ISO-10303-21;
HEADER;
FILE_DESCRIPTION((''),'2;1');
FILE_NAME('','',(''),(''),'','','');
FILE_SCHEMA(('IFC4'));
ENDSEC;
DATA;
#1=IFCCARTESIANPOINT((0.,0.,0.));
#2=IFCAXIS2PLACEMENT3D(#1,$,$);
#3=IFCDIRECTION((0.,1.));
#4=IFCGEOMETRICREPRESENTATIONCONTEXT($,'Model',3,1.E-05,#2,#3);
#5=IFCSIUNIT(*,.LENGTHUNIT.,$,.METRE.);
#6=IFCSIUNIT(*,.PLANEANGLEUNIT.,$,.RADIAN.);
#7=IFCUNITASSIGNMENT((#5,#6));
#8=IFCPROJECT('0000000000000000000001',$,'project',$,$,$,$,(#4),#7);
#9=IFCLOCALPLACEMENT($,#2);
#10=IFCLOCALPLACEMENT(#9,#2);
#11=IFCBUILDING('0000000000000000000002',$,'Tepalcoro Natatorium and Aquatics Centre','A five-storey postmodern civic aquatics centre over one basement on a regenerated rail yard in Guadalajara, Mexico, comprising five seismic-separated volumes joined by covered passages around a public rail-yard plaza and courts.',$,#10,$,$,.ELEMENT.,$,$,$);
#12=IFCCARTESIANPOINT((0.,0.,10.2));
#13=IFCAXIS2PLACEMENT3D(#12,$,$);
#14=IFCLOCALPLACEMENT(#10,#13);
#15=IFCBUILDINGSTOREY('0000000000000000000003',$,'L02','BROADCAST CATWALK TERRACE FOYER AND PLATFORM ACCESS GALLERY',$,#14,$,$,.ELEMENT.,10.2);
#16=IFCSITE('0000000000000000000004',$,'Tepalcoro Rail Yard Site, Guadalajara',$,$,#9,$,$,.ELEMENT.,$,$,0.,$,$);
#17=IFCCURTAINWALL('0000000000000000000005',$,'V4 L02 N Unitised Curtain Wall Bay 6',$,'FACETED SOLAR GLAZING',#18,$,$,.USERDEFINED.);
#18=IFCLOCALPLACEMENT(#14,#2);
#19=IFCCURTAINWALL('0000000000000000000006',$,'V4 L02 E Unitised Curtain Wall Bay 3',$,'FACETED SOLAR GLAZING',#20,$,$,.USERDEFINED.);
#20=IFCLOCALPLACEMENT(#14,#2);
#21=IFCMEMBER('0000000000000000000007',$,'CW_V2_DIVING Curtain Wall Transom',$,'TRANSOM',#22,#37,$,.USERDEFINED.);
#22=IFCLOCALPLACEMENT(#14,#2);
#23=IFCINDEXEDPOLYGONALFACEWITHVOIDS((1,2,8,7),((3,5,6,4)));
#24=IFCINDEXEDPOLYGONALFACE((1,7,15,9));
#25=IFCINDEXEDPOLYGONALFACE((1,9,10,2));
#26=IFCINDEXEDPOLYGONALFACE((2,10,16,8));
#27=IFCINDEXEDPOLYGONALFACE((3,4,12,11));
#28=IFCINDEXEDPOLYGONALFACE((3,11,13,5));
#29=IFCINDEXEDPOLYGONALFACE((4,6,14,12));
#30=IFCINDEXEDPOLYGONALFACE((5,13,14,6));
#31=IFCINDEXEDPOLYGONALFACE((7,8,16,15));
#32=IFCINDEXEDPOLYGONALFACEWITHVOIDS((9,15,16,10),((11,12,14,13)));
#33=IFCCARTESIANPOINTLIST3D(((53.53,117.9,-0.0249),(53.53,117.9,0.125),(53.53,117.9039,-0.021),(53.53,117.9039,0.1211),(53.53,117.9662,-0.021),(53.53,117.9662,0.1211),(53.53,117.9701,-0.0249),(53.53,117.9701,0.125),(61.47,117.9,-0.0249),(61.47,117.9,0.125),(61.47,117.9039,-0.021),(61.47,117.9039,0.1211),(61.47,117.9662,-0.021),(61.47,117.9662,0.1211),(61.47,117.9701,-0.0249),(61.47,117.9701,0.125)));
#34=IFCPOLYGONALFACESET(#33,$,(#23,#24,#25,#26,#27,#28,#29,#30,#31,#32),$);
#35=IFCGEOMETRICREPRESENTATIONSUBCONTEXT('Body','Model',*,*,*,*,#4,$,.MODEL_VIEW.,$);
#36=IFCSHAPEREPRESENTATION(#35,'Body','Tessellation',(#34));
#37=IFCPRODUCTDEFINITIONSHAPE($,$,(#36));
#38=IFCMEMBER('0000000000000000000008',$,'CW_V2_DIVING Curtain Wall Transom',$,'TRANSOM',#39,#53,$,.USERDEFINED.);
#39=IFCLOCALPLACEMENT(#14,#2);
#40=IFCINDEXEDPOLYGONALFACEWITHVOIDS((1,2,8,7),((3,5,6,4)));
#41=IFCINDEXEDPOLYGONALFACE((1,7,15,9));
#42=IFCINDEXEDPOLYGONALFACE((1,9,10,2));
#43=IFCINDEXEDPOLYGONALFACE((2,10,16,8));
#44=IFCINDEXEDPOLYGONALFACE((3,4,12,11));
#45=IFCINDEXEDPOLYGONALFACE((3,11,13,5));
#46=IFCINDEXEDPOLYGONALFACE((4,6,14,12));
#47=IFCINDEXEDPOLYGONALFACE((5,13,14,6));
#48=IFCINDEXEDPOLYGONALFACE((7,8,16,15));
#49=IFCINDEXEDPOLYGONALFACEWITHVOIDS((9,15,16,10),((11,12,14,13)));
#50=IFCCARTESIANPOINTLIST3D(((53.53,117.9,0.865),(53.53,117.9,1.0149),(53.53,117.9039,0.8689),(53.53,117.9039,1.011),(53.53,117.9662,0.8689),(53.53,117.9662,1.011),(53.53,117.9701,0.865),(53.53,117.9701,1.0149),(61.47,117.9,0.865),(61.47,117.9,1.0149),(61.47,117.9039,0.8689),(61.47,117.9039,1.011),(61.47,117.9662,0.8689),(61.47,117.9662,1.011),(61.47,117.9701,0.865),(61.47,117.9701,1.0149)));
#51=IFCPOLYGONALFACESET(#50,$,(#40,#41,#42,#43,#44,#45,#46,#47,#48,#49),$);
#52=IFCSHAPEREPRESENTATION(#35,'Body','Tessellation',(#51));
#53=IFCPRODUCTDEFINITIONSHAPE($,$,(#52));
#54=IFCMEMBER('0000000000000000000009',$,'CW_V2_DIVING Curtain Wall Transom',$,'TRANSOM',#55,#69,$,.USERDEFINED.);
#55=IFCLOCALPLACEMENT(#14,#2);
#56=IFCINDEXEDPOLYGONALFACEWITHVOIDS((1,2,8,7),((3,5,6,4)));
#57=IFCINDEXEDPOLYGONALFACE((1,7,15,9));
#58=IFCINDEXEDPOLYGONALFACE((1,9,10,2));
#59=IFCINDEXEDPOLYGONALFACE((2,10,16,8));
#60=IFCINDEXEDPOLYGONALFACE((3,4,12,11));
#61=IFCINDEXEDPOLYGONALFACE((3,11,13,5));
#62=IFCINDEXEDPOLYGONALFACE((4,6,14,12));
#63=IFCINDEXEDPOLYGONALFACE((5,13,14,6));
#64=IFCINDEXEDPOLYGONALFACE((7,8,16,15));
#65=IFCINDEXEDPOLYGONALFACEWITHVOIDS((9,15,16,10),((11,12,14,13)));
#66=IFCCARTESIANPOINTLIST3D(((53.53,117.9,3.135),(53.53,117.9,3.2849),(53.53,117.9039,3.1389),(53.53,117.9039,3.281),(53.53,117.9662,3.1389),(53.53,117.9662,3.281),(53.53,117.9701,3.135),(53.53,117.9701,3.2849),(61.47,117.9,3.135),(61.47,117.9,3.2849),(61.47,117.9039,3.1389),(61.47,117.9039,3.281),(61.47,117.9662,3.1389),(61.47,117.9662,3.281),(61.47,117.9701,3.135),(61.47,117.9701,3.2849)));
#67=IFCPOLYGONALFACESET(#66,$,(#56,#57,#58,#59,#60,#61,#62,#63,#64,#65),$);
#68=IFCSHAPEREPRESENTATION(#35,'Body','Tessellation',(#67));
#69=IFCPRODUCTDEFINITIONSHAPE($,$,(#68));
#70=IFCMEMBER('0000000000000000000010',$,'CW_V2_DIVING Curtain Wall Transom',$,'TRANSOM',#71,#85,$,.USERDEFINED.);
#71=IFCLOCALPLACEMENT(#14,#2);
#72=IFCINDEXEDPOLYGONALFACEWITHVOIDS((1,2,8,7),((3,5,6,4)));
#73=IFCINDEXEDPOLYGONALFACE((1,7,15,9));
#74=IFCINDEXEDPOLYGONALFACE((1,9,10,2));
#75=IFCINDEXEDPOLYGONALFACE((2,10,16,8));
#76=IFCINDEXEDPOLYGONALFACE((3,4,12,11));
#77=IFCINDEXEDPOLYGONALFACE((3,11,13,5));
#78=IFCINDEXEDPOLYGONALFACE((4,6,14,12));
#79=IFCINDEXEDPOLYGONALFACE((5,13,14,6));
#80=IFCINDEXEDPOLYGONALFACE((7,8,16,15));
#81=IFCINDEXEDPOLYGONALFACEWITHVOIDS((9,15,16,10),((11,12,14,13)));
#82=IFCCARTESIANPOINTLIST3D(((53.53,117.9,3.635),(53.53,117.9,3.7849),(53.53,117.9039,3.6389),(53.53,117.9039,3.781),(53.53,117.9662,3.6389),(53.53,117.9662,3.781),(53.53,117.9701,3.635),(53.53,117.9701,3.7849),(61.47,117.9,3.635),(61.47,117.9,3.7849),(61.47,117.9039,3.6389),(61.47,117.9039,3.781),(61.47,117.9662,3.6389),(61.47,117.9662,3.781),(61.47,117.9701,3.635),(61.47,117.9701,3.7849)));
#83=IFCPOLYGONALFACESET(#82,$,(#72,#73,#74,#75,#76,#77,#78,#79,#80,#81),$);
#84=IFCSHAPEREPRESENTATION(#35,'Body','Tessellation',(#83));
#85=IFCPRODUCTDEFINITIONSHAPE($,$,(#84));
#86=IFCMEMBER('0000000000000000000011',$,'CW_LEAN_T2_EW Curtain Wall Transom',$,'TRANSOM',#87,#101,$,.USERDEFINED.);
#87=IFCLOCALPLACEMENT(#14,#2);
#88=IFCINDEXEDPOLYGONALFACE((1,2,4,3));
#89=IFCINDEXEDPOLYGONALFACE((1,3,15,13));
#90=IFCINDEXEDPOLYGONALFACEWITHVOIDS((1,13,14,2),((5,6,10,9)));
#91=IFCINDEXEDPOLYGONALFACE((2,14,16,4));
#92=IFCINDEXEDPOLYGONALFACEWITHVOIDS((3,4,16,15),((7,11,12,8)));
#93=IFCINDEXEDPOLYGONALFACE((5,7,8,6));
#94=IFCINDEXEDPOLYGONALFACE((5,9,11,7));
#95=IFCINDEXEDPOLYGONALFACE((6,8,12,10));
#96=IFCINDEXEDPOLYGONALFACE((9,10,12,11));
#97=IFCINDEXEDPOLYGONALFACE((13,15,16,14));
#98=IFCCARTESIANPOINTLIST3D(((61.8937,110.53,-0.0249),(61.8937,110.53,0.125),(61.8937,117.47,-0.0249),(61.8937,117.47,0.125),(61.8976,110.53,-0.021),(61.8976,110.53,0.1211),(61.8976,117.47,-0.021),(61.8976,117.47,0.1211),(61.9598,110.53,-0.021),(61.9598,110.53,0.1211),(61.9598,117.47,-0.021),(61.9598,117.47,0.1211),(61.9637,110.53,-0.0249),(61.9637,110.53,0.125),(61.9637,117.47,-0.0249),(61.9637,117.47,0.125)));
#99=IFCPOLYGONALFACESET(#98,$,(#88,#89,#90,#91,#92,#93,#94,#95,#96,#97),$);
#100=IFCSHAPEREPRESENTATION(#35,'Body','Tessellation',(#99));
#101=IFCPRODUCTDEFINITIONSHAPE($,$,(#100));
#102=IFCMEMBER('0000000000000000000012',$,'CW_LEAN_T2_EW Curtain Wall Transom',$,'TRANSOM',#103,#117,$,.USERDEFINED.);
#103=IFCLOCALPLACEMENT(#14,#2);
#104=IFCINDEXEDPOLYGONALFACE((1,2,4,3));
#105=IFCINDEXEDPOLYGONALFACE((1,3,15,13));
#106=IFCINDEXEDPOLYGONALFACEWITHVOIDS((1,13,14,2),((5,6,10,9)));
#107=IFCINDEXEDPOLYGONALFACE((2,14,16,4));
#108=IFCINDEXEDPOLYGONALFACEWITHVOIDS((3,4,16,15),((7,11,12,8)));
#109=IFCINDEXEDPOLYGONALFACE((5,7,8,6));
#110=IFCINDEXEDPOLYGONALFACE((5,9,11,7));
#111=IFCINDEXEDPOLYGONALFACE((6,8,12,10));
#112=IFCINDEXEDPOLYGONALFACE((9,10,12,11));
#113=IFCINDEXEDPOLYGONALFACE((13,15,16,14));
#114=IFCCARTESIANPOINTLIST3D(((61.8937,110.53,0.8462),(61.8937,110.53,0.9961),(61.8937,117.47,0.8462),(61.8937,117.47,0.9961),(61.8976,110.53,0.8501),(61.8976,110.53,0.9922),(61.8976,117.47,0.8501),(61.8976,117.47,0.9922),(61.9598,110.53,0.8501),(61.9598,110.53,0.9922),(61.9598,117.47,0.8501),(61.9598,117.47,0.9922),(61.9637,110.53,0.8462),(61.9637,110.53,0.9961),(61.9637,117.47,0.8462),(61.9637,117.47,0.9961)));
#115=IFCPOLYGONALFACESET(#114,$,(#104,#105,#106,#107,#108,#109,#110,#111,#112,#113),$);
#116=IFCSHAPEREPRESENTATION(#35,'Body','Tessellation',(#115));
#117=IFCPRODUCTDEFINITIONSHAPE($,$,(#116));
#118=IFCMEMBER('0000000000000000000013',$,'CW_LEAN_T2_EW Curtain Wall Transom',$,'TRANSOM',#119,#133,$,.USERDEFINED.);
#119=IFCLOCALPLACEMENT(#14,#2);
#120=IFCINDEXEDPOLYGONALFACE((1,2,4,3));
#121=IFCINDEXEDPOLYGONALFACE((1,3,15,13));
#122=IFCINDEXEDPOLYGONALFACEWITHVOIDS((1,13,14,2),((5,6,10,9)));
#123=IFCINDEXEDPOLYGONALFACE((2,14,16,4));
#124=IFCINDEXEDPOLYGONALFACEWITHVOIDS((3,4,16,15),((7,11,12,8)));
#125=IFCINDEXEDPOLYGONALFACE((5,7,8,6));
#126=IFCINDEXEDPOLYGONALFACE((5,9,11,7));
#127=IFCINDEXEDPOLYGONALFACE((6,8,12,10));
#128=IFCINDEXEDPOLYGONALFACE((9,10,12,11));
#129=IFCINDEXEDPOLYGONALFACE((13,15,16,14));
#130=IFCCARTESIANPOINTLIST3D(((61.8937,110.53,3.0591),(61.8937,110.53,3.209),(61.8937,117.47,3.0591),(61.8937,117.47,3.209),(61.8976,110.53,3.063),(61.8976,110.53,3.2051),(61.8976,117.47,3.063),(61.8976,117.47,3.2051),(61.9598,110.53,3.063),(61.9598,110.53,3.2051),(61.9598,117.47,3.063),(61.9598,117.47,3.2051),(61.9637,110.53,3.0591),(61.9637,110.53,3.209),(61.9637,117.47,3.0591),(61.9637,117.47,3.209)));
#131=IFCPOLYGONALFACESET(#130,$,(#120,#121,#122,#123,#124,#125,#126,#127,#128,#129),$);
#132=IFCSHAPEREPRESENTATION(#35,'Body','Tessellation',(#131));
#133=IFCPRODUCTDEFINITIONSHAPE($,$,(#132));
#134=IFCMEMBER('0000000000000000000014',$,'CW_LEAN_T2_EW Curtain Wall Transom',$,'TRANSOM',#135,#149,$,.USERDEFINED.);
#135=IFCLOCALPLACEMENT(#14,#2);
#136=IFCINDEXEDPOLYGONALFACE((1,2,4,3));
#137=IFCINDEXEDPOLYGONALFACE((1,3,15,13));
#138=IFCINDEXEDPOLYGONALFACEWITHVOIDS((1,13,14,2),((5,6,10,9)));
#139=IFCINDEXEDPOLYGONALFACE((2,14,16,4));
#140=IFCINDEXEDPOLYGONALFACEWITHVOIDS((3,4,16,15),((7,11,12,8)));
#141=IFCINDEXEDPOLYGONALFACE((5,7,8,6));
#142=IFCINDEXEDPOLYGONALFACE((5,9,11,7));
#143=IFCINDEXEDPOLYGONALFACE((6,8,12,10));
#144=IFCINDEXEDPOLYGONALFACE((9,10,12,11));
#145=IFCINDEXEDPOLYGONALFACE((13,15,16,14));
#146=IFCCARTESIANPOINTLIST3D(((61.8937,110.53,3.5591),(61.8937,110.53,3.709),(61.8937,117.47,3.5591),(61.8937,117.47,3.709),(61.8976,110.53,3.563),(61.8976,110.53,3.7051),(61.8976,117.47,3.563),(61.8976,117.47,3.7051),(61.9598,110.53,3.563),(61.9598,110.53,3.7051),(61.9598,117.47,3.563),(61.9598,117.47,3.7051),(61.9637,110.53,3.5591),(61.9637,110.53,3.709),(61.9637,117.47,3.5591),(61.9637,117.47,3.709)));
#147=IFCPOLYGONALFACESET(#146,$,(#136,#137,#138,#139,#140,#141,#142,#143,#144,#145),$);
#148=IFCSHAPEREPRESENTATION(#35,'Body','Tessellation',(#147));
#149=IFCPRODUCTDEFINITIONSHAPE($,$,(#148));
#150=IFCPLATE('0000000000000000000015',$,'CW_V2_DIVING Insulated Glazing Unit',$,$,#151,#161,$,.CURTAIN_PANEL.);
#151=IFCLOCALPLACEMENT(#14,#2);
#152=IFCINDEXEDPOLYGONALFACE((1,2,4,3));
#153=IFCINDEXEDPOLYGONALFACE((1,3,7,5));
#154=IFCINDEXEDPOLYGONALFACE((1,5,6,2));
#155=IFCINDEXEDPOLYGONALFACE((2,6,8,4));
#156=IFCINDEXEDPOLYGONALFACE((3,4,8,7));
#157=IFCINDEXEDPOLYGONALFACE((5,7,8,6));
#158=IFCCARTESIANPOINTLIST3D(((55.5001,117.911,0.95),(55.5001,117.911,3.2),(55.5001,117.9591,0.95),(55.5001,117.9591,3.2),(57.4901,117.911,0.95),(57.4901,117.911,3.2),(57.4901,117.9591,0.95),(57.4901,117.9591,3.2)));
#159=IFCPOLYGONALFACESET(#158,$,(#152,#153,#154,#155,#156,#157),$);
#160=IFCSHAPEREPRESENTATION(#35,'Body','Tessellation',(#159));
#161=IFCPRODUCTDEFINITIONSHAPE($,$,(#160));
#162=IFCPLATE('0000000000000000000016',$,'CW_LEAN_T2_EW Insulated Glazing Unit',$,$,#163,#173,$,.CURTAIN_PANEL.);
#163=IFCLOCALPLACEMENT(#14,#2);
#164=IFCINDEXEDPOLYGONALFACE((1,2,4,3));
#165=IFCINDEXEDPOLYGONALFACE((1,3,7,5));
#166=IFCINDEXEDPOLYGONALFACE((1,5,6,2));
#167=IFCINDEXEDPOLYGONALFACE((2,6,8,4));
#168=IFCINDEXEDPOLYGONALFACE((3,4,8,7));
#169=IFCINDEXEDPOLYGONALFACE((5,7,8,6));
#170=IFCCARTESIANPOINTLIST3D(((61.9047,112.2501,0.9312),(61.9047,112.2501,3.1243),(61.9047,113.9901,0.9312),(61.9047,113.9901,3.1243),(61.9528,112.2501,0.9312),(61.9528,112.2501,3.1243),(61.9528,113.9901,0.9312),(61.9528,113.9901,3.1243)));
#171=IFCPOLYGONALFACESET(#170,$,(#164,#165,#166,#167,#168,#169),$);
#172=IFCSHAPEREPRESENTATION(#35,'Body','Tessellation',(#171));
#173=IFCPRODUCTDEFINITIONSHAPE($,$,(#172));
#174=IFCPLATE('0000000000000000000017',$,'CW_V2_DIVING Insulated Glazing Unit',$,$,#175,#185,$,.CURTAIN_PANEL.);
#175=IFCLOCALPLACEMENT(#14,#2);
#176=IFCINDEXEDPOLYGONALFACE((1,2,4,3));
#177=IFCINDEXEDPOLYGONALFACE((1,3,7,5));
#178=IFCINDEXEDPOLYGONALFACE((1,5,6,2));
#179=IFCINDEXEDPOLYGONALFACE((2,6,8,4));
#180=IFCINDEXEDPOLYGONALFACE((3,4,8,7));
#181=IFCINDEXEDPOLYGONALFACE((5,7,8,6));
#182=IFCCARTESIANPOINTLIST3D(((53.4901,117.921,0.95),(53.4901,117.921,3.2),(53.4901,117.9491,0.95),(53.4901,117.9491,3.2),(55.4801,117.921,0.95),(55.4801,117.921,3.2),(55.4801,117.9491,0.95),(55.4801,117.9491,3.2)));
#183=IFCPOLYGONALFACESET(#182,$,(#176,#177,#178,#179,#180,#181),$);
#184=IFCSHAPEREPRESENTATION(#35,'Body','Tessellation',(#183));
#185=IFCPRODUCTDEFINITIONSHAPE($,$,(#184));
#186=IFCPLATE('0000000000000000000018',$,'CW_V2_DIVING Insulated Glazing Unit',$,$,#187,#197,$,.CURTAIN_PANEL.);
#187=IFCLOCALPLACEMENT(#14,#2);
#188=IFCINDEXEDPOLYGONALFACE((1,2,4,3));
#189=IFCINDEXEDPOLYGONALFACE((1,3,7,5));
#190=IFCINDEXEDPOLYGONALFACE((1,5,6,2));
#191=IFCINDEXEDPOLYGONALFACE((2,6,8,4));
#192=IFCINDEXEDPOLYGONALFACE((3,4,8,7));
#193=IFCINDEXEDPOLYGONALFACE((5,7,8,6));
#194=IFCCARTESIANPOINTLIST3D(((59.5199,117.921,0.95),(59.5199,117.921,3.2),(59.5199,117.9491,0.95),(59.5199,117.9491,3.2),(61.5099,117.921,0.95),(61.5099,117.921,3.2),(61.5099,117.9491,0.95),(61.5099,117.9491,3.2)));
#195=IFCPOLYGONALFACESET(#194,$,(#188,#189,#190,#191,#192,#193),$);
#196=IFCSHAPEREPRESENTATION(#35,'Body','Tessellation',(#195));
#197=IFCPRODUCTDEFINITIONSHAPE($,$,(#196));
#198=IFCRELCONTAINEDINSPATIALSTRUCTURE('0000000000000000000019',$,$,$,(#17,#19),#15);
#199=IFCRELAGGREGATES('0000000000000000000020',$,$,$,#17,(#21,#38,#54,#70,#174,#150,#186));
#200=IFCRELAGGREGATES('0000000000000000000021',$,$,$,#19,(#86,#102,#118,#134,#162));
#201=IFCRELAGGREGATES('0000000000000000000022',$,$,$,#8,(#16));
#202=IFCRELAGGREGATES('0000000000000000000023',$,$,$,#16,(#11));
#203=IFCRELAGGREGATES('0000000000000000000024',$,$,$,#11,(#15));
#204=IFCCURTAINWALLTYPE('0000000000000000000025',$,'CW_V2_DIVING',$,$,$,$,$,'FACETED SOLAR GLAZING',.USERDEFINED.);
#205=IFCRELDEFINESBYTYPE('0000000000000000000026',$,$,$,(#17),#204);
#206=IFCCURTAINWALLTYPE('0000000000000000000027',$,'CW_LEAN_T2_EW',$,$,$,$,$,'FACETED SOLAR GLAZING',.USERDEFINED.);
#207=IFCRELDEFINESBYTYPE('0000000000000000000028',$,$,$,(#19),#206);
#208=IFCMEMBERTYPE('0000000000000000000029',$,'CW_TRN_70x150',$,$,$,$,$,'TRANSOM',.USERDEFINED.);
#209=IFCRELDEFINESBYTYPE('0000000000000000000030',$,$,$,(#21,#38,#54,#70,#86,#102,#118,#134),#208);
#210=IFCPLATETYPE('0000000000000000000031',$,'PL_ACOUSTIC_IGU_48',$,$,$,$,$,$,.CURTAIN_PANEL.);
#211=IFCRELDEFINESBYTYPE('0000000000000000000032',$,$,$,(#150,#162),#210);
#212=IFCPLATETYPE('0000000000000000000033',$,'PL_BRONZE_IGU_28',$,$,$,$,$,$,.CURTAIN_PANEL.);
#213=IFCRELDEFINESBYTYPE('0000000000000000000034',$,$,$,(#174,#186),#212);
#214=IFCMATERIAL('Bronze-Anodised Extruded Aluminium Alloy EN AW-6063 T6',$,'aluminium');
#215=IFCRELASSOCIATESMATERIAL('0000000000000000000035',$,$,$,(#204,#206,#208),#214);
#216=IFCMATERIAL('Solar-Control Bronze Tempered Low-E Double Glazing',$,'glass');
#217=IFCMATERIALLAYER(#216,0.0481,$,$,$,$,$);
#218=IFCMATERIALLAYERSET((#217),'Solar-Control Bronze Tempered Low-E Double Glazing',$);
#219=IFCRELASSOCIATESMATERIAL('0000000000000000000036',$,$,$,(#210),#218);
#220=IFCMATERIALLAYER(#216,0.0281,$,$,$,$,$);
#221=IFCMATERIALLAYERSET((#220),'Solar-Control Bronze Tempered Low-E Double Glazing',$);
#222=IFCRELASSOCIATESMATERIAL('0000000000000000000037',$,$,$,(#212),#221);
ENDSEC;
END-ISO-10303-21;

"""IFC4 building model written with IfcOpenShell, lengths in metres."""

from ifc_helpers import new_model, si_unit, direction, frame, origin, origin_2d, place, context, subcontext, project, spatial, rectangle, hollow_rectangle, extrude, material, layer, layer_set, material_profile, profile_set, type_object, element, aggregate, save


model = new_model("IFC4")

# Units and contexts
model_context = context("Model", 3, precision=1e-05, world=origin(), true_north=direction((0.0, 1.0)))
body_context = subcontext(model_context, "Body", "Model", "MODEL_VIEW")
ifc_project = project(units=[si_unit("LENGTHUNIT", "METRE"), si_unit("PLANEANGLEUNIT", "RADIAN")], contexts=[model_context])

# Site, building, storey
site_placement = place(None, origin())
site = spatial("IfcSite", under=ifc_project, at=site_placement, Name="Tepalcoro Rail Yard Site, Guadalajara", CompositionType="ELEMENT", RefElevation=0.0)
building_placement = place(site_placement, origin())
building = spatial("IfcBuilding", under=site, at=building_placement, Name="Tepalcoro Natatorium and Aquatics Centre", Description="A five-storey postmodern civic aquatics centre over one basement on a regenerated rail yard in Guadalajara, Mexico, comprising five seismic-separated volumes joined by covered passages around a public rail-yard plaza and courts.", CompositionType="ELEMENT")
storey_placement = place(building_placement, frame((0.0, 0.0, 10.2)))
storey = spatial("IfcBuildingStorey", under=building, at=storey_placement, Name="L02", Description="BROADCAST CATWALK TERRACE FOYER AND PLATFORM ACCESS GALLERY", CompositionType="ELEMENT", Elevation=10.2)

# Curtain walls
ifc_material_1 = material(Name="Bronze-Anodised Extruded Aluminium Alloy EN AW-6063 T6", Category="aluminium")
curtain_wall_type_1 = type_object("IfcCurtainWallType", Name="CW_V2_DIVING", ElementType="FACETED SOLAR GLAZING", PredefinedType="USERDEFINED", material=ifc_material_1)
curtain_wall_1_placement = place(storey_placement, origin())
curtain_wall_1 = element("IfcCurtainWall", 1, at=curtain_wall_1_placement, inside=storey, type_object=curtain_wall_type_1, Name="V4 L02 N Unitised Curtain Wall Bay 6", ObjectType="FACETED SOLAR GLAZING", PredefinedType="USERDEFINED")
curtain_wall_type_2 = type_object("IfcCurtainWallType", Name="CW_LEAN_T2_EW", ElementType="FACETED SOLAR GLAZING", PredefinedType="USERDEFINED", material=ifc_material_1)
curtain_wall_2_placement = place(storey_placement, origin())
curtain_wall_2 = element("IfcCurtainWall", 2, at=curtain_wall_2_placement, inside=storey, type_object=curtain_wall_type_2, Name="V4 L02 E Unitised Curtain Wall Bay 3", ObjectType="FACETED SOLAR GLAZING", PredefinedType="USERDEFINED")

# Members
ifc_material_profile_1 = material_profile(ifc_material_1, hollow_rectangle(XDim=0.0701, YDim=0.1499, WallThickness=0.0039, at=origin_2d()), Name="AL70X150X4")
ifc_profile_set_1 = profile_set([ifc_material_profile_1], Name="Bronze-Anodised Extruded Aluminium Alloy EN AW-6063 T6")
member_type_1 = type_object("IfcMemberType", Name="CW_TRN_70x150", ElementType="TRANSOM", PredefinedType="USERDEFINED", material=ifc_profile_set_1)
member_1_placement = place(storey_placement, frame((53.53, 117.9351, 0.05), z_axis=(1.0, 0.0, 0.0), x_axis=(0.0, 1.0, 0.0)))
member_1 = element("IfcMember", 3, at=member_1_placement, type_object=member_type_1, Name="CW_V2_DIVING Curtain Wall Transom", ObjectType="TRANSOM", PredefinedType="USERDEFINED", context=body_context, shape_type="SweptSolid", body=[
    extrude(hollow_rectangle(XDim=0.0701, YDim=0.1499, WallThickness=0.0039, at=origin_2d()), origin(), (0.0, 0.0, 1.0), 7.9399),
])
member_2_placement = place(storey_placement, frame((53.53, 117.9351, 0.9399), z_axis=(1.0, 0.0, 0.0), x_axis=(0.0, 1.0, 0.0)))
member_2 = element("IfcMember", 4, at=member_2_placement, type_object=member_type_1, Name="CW_V2_DIVING Curtain Wall Transom", ObjectType="TRANSOM", PredefinedType="USERDEFINED", context=body_context, shape_type="SweptSolid", body=[
    extrude(hollow_rectangle(XDim=0.0701, YDim=0.1499, WallThickness=0.0039, at=origin_2d()), origin(), (0.0, 0.0, 1.0), 7.9399),
])
member_3_placement = place(storey_placement, frame((53.53, 117.9351, 3.21), z_axis=(1.0, 0.0, 0.0), x_axis=(0.0, 1.0, 0.0)))
member_3 = element("IfcMember", 5, at=member_3_placement, type_object=member_type_1, Name="CW_V2_DIVING Curtain Wall Transom", ObjectType="TRANSOM", PredefinedType="USERDEFINED", context=body_context, shape_type="SweptSolid", body=[
    extrude(hollow_rectangle(XDim=0.0701, YDim=0.1499, WallThickness=0.0039, at=origin_2d()), origin(), (0.0, 0.0, 1.0), 7.9399),
])
member_4_placement = place(storey_placement, frame((53.53, 117.9351, 3.71), z_axis=(1.0, 0.0, 0.0), x_axis=(0.0, 1.0, 0.0)))
member_4 = element("IfcMember", 6, at=member_4_placement, type_object=member_type_1, Name="CW_V2_DIVING Curtain Wall Transom", ObjectType="TRANSOM", PredefinedType="USERDEFINED", context=body_context, shape_type="SweptSolid", body=[
    extrude(hollow_rectangle(XDim=0.0701, YDim=0.1499, WallThickness=0.0039, at=origin_2d()), origin(), (0.0, 0.0, 1.0), 7.9399),
])
member_5_placement = place(storey_placement, frame((61.9287, 110.53, 0.05), z_axis=(0.0, 1.0, 0.0), x_axis=(-1.0, 0.0, 0.0)))
member_5 = element("IfcMember", 7, at=member_5_placement, type_object=member_type_1, Name="CW_LEAN_T2_EW Curtain Wall Transom", ObjectType="TRANSOM", PredefinedType="USERDEFINED", context=body_context, shape_type="SweptSolid", body=[
    extrude(hollow_rectangle(XDim=0.0701, YDim=0.1499, WallThickness=0.0039, at=origin_2d()), origin(), (0.0, 0.0, 1.0), 6.9399),
])
member_6_placement = place(storey_placement, frame((61.9287, 110.53, 0.9211), z_axis=(0.0, 1.0, 0.0), x_axis=(-1.0, 0.0, 0.0)))
member_6 = element("IfcMember", 8, at=member_6_placement, type_object=member_type_1, Name="CW_LEAN_T2_EW Curtain Wall Transom", ObjectType="TRANSOM", PredefinedType="USERDEFINED", context=body_context, shape_type="SweptSolid", body=[
    extrude(hollow_rectangle(XDim=0.0701, YDim=0.1499, WallThickness=0.0039, at=origin_2d()), origin(), (0.0, 0.0, 1.0), 6.9399),
])
member_7_placement = place(storey_placement, frame((61.9287, 110.53, 3.134), z_axis=(0.0, 1.0, 0.0), x_axis=(-1.0, 0.0, 0.0)))
member_7 = element("IfcMember", 9, at=member_7_placement, type_object=member_type_1, Name="CW_LEAN_T2_EW Curtain Wall Transom", ObjectType="TRANSOM", PredefinedType="USERDEFINED", context=body_context, shape_type="SweptSolid", body=[
    extrude(hollow_rectangle(XDim=0.0701, YDim=0.1499, WallThickness=0.0039, at=origin_2d()), origin(), (0.0, 0.0, 1.0), 6.9399),
])
member_8_placement = place(storey_placement, frame((61.9287, 110.53, 3.634), z_axis=(0.0, 1.0, 0.0), x_axis=(-1.0, 0.0, 0.0)))
member_8 = element("IfcMember", 10, at=member_8_placement, type_object=member_type_1, Name="CW_LEAN_T2_EW Curtain Wall Transom", ObjectType="TRANSOM", PredefinedType="USERDEFINED", context=body_context, shape_type="SweptSolid", body=[
    extrude(hollow_rectangle(XDim=0.0701, YDim=0.1499, WallThickness=0.0039, at=origin_2d()), origin(), (0.0, 0.0, 1.0), 6.9399),
])

# Plates
ifc_material_2 = material(Name="Solar-Control Bronze Tempered Low-E Double Glazing", Category="glass")
ifc_layer_1 = layer(ifc_material_2, 0.0481)
ifc_layer_set_1 = layer_set([ifc_layer_1], Name="Solar-Control Bronze Tempered Low-E Double Glazing")
plate_type_1 = type_object("IfcPlateType", Name="PL_ACOUSTIC_IGU_48", PredefinedType="CURTAIN_PANEL", material=ifc_layer_set_1)
plate_1_placement = place(storey_placement, frame((56.4951, 117.9351, 0.95), z_axis=(0.0, 0.0, 1.0), x_axis=(1.0, 0.0, 0.0)))
plate_1 = element("IfcPlate", 11, at=plate_1_placement, type_object=plate_type_1, Name="CW_V2_DIVING Insulated Glazing Unit", PredefinedType="CURTAIN_PANEL", context=body_context, shape_type="SweptSolid", body=[
    extrude(rectangle(XDim=1.99, YDim=0.0481, at=origin_2d()), origin(), (0.0, 0.0, 1.0), 2.25),
])
plate_2_placement = place(storey_placement, frame((61.9287, 113.1201, 0.9312), z_axis=(0.0, 0.0, 1.0), x_axis=(1.0, 0.0, 0.0)))
plate_2 = element("IfcPlate", 12, at=plate_2_placement, type_object=plate_type_1, Name="CW_LEAN_T2_EW Insulated Glazing Unit", PredefinedType="CURTAIN_PANEL", context=body_context, shape_type="SweptSolid", body=[
    extrude(rectangle(XDim=0.0481, YDim=1.74, at=origin_2d()), origin(), (0.0, 0.0, 1.0), 2.1931),
])
ifc_layer_2 = layer(ifc_material_2, 0.0281)
ifc_layer_set_2 = layer_set([ifc_layer_2], Name="Solar-Control Bronze Tempered Low-E Double Glazing")
plate_type_2 = type_object("IfcPlateType", Name="PL_BRONZE_IGU_28", PredefinedType="CURTAIN_PANEL", material=ifc_layer_set_2)
plate_3_placement = place(storey_placement, frame((54.4851, 117.9351, 0.95), z_axis=(0.0, 0.0, 1.0), x_axis=(1.0, 0.0, 0.0)))
plate_3 = element("IfcPlate", 13, at=plate_3_placement, type_object=plate_type_2, Name="CW_V2_DIVING Insulated Glazing Unit", PredefinedType="CURTAIN_PANEL", context=body_context, shape_type="SweptSolid", body=[
    extrude(rectangle(XDim=1.99, YDim=0.0281, at=origin_2d()), origin(), (0.0, 0.0, 1.0), 2.25),
])
plate_4_placement = place(storey_placement, frame((60.5149, 117.9351, 0.95), z_axis=(0.0, 0.0, 1.0), x_axis=(1.0, 0.0, 0.0)))
plate_4 = element("IfcPlate", 14, at=plate_4_placement, type_object=plate_type_2, Name="CW_V2_DIVING Insulated Glazing Unit", PredefinedType="CURTAIN_PANEL", context=body_context, shape_type="SweptSolid", body=[
    extrude(rectangle(XDim=1.99, YDim=0.0281, at=origin_2d()), origin(), (0.0, 0.0, 1.0), 2.25),
])
aggregate(curtain_wall_1, [member_1, member_2, member_3, member_4, plate_3, plate_1, plate_4])
aggregate(curtain_wall_2, [member_5, member_6, member_7, member_8, plate_2])

save(model, "model.ifc")
